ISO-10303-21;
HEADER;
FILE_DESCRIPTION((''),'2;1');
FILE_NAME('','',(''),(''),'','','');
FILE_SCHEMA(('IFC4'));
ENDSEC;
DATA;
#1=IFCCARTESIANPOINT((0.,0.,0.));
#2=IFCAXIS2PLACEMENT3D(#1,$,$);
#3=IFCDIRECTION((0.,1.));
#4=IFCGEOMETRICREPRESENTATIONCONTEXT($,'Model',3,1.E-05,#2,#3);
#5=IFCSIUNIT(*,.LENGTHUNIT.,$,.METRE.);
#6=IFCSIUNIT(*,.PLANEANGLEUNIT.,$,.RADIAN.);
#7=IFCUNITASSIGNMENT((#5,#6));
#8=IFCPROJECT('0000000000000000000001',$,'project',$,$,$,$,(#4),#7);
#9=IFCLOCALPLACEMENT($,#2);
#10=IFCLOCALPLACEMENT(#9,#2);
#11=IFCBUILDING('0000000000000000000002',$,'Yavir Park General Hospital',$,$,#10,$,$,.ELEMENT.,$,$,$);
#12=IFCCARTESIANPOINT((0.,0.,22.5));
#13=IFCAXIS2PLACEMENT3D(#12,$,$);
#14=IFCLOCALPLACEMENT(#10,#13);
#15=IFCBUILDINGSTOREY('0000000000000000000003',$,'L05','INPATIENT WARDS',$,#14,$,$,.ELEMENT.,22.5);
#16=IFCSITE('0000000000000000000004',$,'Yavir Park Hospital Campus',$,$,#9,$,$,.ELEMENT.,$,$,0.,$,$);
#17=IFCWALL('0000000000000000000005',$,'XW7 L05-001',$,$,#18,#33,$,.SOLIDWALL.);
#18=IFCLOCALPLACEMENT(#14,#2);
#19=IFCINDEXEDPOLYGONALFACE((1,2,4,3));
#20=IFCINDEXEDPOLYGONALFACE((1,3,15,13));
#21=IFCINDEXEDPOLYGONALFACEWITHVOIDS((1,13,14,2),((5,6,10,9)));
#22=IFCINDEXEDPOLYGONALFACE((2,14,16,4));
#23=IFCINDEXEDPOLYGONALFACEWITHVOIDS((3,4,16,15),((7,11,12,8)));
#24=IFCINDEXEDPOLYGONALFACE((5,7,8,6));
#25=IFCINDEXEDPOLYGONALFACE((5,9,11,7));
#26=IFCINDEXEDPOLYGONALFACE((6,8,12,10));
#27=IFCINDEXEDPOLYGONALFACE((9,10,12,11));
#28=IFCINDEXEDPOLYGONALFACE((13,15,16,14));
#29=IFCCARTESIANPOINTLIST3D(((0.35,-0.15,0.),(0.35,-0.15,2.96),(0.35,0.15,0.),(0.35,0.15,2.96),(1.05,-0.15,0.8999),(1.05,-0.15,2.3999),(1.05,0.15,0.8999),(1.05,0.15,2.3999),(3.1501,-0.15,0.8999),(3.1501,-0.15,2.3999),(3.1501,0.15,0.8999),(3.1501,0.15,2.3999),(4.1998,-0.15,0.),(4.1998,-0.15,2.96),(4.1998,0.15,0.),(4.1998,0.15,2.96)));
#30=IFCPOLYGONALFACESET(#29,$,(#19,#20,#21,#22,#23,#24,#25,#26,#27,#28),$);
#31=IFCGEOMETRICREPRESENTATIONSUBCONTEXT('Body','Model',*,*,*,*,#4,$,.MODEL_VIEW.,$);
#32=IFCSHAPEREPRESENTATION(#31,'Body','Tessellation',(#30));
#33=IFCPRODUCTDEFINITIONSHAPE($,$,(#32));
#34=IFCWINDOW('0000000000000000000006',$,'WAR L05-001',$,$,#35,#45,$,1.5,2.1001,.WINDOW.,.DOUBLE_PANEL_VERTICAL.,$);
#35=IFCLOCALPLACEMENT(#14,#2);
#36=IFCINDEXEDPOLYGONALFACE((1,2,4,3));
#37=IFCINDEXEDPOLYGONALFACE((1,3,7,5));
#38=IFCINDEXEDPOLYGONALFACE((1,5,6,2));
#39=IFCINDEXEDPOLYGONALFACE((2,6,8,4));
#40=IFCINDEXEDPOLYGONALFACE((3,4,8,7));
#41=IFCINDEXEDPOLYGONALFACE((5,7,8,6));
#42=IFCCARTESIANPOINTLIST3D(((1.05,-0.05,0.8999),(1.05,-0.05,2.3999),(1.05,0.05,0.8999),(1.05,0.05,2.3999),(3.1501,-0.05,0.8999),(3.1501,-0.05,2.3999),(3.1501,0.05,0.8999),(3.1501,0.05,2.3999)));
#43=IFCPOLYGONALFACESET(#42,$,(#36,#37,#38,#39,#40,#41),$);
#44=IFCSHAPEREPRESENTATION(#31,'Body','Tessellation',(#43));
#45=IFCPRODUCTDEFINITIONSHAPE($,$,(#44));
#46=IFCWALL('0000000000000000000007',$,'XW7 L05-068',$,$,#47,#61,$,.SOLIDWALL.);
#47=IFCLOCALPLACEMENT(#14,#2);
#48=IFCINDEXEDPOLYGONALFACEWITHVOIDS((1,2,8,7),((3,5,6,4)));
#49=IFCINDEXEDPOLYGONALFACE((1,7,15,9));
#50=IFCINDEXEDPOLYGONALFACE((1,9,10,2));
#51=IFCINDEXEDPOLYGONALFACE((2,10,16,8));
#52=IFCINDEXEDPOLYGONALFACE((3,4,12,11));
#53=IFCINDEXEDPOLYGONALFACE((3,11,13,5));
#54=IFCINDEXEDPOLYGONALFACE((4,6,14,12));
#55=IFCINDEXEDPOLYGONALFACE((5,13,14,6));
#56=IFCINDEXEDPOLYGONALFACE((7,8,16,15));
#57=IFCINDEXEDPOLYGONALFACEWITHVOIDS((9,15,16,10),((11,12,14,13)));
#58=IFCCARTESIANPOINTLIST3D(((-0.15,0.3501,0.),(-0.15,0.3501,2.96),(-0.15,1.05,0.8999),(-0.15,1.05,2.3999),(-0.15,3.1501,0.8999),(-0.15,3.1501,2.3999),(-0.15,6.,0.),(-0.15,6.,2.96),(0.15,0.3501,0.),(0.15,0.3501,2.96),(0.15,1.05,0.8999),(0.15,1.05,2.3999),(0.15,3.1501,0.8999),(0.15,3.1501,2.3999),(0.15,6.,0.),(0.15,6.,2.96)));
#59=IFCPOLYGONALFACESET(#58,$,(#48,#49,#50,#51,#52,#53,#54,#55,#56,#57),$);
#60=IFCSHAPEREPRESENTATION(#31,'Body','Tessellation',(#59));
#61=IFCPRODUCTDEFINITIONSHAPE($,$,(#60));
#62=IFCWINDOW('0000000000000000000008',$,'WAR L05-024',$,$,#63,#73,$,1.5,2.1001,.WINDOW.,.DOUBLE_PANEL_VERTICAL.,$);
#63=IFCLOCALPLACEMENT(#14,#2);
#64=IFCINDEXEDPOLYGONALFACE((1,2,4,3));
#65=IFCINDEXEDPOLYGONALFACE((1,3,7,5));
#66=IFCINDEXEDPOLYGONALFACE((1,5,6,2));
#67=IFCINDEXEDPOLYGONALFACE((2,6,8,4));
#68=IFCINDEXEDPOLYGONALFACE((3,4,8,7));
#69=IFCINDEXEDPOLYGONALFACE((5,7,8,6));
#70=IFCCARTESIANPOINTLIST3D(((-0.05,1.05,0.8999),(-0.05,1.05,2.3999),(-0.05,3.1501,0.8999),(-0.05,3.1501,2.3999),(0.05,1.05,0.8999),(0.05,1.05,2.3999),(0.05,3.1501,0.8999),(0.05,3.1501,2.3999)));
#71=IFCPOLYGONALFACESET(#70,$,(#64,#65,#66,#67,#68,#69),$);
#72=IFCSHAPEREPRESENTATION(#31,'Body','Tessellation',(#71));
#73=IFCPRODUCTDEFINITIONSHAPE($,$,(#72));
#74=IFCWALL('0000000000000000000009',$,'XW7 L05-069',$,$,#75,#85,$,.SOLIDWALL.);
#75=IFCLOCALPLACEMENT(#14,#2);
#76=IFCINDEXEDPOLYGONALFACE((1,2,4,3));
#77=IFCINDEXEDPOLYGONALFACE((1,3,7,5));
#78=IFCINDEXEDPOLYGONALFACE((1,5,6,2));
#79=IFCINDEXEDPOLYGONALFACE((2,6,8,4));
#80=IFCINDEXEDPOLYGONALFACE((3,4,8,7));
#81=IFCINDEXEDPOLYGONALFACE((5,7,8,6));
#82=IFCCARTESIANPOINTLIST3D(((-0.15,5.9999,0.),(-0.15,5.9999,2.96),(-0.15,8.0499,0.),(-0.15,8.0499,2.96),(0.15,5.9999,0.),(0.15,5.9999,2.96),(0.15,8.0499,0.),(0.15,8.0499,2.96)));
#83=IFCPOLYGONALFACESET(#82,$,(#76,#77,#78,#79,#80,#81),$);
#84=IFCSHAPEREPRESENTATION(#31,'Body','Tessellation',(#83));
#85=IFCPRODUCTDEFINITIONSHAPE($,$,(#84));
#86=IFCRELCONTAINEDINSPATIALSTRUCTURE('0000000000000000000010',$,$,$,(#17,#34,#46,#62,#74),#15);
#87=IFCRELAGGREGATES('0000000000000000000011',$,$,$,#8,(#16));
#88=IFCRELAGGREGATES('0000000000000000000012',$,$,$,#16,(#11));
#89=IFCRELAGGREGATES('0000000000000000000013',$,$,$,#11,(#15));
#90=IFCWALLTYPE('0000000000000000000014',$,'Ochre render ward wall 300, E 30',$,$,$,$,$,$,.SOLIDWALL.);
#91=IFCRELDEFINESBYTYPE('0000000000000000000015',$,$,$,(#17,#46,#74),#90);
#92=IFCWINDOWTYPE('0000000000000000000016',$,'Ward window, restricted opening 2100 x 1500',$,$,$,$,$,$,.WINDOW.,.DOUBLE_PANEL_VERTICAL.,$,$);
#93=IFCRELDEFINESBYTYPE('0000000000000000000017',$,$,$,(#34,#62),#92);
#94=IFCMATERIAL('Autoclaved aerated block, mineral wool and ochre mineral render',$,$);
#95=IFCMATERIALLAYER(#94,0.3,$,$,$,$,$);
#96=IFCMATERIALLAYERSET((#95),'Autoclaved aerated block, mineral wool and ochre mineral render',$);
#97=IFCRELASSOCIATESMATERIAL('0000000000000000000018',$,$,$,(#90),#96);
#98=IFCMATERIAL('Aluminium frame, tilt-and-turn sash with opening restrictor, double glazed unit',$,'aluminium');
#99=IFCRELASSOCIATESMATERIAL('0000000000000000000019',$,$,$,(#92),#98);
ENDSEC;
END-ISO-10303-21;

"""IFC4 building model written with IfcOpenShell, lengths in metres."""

from ifc_helpers import new_model, si_unit, direction, frame, frame_2d, origin, place, context, subcontext, project, spatial, rectangle, extrude, material, layer, layer_set, type_object, element, fill, save


model = new_model("IFC4")

# Units and contexts
model_context = context("Model", 3, precision=1e-05, world=origin(), true_north=direction((0.0, 1.0)))
body_context = subcontext(model_context, "Body", "Model", "MODEL_VIEW")
ifc_project = project(units=[si_unit("LENGTHUNIT", "METRE"), si_unit("PLANEANGLEUNIT", "RADIAN")], contexts=[model_context])

# Site, building, storey
site_placement = place(None, origin())
site = spatial("IfcSite", under=ifc_project, at=site_placement, Name="Yavir Park Hospital Campus", CompositionType="ELEMENT", RefElevation=0.0)
building_placement = place(site_placement, origin())
building = spatial("IfcBuilding", under=site, at=building_placement, Name="Yavir Park General Hospital", CompositionType="ELEMENT")
storey_placement = place(building_placement, frame((0.0, 0.0, 22.5)))
storey = spatial("IfcBuildingStorey", under=building, at=storey_placement, Name="L05", Description="INPATIENT WARDS", CompositionType="ELEMENT", Elevation=22.5)

# Walls, openings, windows
ifc_material_1 = material(Name="Autoclaved aerated block, mineral wool and ochre mineral render")
ifc_layer_1 = layer(ifc_material_1, 0.3)
ifc_layer_set_1 = layer_set([ifc_layer_1], Name="Autoclaved aerated block, mineral wool and ochre mineral render")
wall_type_1 = type_object("IfcWallType", Name="Ochre render ward wall 300, E 30", PredefinedType="SOLIDWALL", material=ifc_layer_set_1)
wall_1_placement = place(storey_placement, frame((0.3501, 0.0, 0.0), z_axis=(0.0, 0.0, 1.0), x_axis=(1.0, 0.0, 0.0)))
wall_1 = element("IfcWall", 1, at=wall_1_placement, inside=storey, type_object=wall_type_1, Name="XW7 L05-001", PredefinedType="SOLIDWALL", context=body_context, shape_type="SweptSolid", body=[
    extrude(rectangle(XDim=3.8499, YDim=0.3, at=frame_2d((1.9248, 0.0))), origin(), (0.0, 0.0, 1.0), 2.96),
])
opening_1_placement = place(wall_1_placement, frame((0.7, 0.0, 0.8999)))
opening_1 = element("IfcOpeningElement", 2, at=opening_1_placement, cuts=wall_1, PredefinedType="OPENING", context=body_context, shape_type="SweptSolid", body=[
    extrude(rectangle(XDim=2.1001, YDim=1.5, at=frame_2d((1.05, 0.75))), frame((0.0, 0.1599, 0.0), z_axis=(0.0, -1.0, 0.0), x_axis=(1.0, 0.0, 0.0)), (0.0, 0.0, 1.0), 0.3201),
])
ifc_material_2 = material(Name="Aluminium frame, tilt-and-turn sash with opening restrictor, double glazed unit", Category="aluminium")
window_type = type_object("IfcWindowType", Name="Ward window, restricted opening 2100 x 1500", PartitioningType="DOUBLE_PANEL_VERTICAL", PredefinedType="WINDOW", material=ifc_material_2)
window_1_placement = place(opening_1_placement, origin())
window_1 = element("IfcWindow", 3, at=window_1_placement, inside=storey, type_object=window_type, Name="WAR L05-001", OverallHeight=1.5, OverallWidth=2.1001, PartitioningType="DOUBLE_PANEL_VERTICAL", PredefinedType="WINDOW", context=body_context, shape_type="SweptSolid", body=[
    extrude(rectangle(XDim=2.1001, YDim=1.5, at=frame_2d((1.05, 0.75))), frame((0.0, 0.05, 0.0), z_axis=(0.0, -1.0, 0.0), x_axis=(1.0, 0.0, 0.0)), (0.0, 0.0, 1.0), 0.1001),
])
fill(opening_1, window_1)
wall_2_placement = place(storey_placement, frame((0.0, 0.3501, 0.0), z_axis=(0.0, 0.0, 1.0), x_axis=(0.0, 1.0, 0.0)))
wall_2 = element("IfcWall", 4, at=wall_2_placement, inside=storey, type_object=wall_type_1, Name="XW7 L05-068", PredefinedType="SOLIDWALL", context=body_context, shape_type="SweptSolid", body=[
    extrude(rectangle(XDim=5.6499, YDim=0.3, at=frame_2d((2.825, 0.0))), origin(), (0.0, 0.0, 1.0), 2.96),
])
opening_2_placement = place(wall_2_placement, frame((0.7, 0.0, 0.8999)))
opening_2 = element("IfcOpeningElement", 5, at=opening_2_placement, cuts=wall_2, PredefinedType="OPENING", context=body_context, shape_type="SweptSolid", body=[
    extrude(rectangle(XDim=2.1001, YDim=1.5, at=frame_2d((1.05, 0.75))), frame((0.0, 0.1599, 0.0), z_axis=(0.0, -1.0, 0.0), x_axis=(1.0, 0.0, 0.0)), (0.0, 0.0, 1.0), 0.3201),
])
window_2_placement = place(opening_2_placement, origin())
window_2 = element("IfcWindow", 6, at=window_2_placement, inside=storey, type_object=window_type, Name="WAR L05-024", OverallHeight=1.5, OverallWidth=2.1001, PartitioningType="DOUBLE_PANEL_VERTICAL", PredefinedType="WINDOW", context=body_context, shape_type="SweptSolid", body=[
    extrude(rectangle(XDim=2.1001, YDim=1.5, at=frame_2d((1.05, 0.75))), frame((0.0, 0.05, 0.0), z_axis=(0.0, -1.0, 0.0), x_axis=(1.0, 0.0, 0.0)), (0.0, 0.0, 1.0), 0.1001),
])
fill(opening_2, window_2)

# Wall
wall_3_placement = place(storey_placement, frame((0.0, 6.0, 0.0), z_axis=(0.0, 0.0, 1.0), x_axis=(0.0, 1.0, 0.0)))
element("IfcWall", 7, at=wall_3_placement, inside=storey, type_object=wall_type_1, Name="XW7 L05-069", PredefinedType="SOLIDWALL", context=body_context, shape_type="SweptSolid", body=[
    extrude(rectangle(XDim=2.05, YDim=0.3, at=frame_2d((1.0249, 0.0))), origin(), (0.0, 0.0, 1.0), 2.96),
])

save(model, "model.ifc")
